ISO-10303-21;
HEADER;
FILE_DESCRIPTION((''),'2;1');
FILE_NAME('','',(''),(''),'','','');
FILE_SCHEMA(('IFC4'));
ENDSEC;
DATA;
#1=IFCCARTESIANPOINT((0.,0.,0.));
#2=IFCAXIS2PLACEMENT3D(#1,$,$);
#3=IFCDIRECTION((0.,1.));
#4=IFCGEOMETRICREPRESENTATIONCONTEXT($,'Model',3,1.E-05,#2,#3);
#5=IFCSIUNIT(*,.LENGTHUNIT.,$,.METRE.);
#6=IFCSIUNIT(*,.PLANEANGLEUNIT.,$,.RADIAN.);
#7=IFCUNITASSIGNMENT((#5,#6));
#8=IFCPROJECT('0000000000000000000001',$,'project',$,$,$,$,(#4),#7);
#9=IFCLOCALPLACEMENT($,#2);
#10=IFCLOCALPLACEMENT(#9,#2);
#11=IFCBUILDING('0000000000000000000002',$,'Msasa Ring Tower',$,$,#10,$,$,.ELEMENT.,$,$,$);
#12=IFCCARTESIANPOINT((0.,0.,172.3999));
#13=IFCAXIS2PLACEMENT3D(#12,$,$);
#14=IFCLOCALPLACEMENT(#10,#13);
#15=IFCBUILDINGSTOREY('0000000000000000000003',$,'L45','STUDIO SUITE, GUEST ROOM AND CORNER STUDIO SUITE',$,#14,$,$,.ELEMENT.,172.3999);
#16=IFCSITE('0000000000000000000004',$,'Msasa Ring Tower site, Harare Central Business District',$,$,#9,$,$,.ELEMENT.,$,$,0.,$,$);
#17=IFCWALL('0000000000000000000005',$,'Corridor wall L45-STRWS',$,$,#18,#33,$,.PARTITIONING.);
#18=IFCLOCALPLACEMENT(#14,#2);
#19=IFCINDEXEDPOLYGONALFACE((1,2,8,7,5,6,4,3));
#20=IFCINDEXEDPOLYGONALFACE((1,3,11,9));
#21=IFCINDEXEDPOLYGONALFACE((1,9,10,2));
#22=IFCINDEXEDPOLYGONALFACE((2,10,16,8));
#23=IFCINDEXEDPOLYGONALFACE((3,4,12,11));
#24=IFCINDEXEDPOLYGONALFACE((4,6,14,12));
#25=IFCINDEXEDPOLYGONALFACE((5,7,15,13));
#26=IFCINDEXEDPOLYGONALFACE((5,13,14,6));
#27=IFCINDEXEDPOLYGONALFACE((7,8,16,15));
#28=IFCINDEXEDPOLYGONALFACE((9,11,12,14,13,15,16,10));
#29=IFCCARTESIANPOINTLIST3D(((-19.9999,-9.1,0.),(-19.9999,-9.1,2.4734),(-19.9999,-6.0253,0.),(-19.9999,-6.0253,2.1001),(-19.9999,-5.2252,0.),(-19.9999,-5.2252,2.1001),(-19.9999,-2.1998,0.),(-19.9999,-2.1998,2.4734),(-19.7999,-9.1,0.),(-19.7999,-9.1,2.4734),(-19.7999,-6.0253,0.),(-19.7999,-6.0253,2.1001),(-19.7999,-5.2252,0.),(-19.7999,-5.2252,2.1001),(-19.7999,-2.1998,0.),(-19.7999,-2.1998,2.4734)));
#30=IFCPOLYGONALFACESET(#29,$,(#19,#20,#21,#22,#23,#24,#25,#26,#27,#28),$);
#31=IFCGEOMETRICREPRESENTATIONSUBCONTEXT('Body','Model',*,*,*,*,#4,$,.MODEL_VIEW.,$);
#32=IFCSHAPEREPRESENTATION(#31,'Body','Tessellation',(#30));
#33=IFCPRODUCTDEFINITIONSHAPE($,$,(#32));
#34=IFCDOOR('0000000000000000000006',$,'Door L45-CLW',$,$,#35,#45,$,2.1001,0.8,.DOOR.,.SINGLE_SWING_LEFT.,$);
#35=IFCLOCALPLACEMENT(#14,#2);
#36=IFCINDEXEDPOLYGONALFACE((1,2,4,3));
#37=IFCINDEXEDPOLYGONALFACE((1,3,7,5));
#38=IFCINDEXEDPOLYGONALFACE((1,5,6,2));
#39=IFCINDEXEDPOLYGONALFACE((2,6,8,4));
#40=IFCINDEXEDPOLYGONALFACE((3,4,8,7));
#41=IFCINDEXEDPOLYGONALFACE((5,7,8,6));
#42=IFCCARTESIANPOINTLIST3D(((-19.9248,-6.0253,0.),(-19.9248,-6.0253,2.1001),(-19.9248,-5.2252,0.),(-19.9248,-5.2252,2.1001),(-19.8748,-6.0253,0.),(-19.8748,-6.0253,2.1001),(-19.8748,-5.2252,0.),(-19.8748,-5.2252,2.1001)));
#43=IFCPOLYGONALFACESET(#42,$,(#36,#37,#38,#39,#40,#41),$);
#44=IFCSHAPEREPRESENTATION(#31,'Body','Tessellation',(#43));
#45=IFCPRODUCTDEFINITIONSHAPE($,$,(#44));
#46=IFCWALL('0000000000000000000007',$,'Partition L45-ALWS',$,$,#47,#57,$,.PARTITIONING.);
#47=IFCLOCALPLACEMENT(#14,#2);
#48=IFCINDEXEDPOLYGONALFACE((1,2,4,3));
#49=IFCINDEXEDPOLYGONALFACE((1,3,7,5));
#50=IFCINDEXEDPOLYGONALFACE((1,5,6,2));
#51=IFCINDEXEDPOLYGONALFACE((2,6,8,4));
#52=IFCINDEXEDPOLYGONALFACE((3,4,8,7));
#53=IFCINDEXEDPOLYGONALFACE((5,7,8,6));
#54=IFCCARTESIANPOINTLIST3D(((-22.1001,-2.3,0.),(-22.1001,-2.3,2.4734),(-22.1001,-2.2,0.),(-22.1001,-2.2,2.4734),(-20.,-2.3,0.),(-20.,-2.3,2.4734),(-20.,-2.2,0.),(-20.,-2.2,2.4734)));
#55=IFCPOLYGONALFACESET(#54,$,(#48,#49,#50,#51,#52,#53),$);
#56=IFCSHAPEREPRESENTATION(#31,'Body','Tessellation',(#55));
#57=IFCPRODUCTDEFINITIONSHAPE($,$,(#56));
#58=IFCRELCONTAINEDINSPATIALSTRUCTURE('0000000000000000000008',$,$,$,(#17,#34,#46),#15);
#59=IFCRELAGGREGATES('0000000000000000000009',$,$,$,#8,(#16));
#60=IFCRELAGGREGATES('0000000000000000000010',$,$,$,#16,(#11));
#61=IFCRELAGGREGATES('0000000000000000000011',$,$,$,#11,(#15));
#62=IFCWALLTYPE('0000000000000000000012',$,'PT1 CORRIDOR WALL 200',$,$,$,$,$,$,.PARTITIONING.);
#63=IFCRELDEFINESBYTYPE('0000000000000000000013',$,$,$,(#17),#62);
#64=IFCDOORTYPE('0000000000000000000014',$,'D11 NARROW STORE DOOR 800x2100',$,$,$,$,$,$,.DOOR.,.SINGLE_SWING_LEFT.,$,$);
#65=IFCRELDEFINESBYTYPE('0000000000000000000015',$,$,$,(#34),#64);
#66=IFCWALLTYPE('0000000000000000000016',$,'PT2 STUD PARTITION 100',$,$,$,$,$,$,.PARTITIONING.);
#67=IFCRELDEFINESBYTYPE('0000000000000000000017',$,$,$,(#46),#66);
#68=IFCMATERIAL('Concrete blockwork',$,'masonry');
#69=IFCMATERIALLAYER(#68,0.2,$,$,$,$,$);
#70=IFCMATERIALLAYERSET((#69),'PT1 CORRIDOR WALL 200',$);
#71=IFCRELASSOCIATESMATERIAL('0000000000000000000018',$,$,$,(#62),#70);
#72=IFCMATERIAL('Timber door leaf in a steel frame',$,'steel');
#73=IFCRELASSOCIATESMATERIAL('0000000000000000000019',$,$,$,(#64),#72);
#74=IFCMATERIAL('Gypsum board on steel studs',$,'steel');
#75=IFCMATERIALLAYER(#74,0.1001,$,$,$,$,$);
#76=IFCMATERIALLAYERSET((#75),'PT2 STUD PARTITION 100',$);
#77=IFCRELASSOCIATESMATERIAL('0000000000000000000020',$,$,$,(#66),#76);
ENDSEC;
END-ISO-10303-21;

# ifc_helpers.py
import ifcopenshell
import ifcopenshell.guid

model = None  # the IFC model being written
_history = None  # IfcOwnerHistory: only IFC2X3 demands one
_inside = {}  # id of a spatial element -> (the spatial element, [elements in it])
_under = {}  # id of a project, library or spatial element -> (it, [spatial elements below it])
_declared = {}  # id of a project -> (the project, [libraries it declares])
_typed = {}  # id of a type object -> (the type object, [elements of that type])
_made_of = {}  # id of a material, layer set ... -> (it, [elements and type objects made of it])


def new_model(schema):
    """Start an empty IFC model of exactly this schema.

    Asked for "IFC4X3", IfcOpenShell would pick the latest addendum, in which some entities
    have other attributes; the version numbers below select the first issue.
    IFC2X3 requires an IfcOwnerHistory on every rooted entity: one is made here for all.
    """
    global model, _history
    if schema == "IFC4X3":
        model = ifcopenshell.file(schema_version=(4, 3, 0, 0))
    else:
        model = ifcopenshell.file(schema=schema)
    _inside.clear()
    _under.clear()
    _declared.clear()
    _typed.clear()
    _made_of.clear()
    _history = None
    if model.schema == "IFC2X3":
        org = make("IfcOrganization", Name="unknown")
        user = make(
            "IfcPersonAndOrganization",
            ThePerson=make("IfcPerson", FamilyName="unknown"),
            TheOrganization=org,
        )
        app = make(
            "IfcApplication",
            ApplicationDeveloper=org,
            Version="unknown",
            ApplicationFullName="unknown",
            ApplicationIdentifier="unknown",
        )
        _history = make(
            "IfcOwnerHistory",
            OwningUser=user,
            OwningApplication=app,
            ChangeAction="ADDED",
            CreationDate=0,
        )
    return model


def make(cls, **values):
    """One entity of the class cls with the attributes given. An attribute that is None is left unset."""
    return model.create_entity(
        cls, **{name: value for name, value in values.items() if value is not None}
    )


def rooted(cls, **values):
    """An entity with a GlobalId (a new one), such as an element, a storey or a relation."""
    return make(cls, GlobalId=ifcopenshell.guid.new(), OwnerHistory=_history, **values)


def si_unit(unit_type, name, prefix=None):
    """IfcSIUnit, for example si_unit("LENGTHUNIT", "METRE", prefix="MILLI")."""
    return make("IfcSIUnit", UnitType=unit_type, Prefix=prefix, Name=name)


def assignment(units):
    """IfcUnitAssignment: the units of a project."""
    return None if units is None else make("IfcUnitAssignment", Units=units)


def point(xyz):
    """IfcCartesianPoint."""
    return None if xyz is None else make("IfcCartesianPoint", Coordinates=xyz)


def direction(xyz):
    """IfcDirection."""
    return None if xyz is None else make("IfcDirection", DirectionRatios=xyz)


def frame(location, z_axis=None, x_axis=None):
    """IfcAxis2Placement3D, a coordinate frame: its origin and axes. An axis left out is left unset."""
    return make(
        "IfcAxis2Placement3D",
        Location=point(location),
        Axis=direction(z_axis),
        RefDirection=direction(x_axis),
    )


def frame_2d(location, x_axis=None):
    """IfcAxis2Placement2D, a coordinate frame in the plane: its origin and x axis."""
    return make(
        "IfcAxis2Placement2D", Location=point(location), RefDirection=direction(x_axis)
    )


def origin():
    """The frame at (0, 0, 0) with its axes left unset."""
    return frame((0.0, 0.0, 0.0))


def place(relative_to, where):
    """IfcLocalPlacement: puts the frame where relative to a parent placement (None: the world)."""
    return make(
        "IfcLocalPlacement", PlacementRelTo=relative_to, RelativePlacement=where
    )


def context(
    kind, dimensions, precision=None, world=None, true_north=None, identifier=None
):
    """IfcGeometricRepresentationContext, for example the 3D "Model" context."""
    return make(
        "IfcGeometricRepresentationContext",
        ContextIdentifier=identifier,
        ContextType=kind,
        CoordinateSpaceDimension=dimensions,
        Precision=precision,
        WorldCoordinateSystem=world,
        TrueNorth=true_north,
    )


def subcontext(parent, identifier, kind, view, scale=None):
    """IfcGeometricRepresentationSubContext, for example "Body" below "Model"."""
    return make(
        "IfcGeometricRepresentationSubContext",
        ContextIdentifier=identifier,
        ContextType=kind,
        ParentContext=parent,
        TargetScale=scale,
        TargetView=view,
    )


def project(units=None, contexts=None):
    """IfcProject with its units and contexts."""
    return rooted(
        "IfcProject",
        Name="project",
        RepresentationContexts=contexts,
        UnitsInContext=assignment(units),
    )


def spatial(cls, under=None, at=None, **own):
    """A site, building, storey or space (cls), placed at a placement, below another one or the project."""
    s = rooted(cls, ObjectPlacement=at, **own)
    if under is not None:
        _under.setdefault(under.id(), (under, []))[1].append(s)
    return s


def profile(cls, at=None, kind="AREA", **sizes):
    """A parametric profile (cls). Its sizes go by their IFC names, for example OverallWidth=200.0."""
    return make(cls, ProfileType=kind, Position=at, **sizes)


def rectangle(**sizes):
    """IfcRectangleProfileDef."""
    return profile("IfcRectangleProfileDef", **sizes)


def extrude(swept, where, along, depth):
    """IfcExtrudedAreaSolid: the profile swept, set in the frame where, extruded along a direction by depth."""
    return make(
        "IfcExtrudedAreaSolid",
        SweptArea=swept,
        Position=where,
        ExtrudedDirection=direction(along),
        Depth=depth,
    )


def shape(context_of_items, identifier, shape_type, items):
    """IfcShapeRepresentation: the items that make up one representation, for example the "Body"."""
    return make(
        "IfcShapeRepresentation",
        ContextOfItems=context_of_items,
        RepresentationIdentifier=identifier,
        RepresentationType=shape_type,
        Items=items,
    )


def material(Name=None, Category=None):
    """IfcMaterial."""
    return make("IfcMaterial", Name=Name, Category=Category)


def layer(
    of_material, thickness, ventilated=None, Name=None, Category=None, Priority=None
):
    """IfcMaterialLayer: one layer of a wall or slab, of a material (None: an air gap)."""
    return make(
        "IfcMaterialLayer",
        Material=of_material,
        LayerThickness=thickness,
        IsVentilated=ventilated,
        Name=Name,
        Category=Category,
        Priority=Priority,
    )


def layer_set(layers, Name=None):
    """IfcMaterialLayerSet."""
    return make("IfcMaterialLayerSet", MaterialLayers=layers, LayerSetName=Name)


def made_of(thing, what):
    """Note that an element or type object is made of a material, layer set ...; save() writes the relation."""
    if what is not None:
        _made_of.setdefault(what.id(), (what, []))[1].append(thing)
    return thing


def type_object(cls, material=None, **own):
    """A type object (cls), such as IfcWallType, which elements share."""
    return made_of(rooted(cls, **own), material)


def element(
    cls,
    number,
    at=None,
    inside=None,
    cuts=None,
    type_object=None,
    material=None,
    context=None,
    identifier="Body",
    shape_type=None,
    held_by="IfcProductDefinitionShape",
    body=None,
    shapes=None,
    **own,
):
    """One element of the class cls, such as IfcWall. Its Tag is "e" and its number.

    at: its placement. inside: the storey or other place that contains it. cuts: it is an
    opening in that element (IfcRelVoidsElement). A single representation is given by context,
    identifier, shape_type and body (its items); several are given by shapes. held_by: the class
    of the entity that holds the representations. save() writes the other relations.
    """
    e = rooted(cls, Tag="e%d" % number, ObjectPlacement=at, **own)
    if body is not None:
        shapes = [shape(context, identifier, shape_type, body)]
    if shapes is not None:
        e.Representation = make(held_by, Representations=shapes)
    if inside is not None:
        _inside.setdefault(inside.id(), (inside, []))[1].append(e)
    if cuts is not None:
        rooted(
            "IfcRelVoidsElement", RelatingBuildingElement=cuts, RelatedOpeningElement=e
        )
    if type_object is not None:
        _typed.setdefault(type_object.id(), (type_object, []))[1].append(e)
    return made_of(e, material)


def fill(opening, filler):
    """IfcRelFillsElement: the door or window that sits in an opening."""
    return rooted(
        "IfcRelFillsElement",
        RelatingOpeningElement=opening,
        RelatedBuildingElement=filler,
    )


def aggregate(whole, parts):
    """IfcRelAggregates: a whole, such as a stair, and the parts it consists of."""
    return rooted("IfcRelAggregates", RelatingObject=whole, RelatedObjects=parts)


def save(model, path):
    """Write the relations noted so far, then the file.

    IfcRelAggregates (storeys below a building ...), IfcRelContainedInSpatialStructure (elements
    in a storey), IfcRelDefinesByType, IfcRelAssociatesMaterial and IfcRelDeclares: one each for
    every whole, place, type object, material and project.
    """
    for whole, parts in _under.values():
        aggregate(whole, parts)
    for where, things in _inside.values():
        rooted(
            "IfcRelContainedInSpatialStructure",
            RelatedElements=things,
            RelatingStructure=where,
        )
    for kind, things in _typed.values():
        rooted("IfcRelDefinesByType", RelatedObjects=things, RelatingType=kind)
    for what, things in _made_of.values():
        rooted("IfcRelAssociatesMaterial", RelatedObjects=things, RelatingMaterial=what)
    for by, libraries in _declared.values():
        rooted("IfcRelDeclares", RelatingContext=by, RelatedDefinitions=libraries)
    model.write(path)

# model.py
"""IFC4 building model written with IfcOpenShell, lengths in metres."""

from ifc_helpers import new_model, si_unit, direction, frame, frame_2d, origin, place, context, subcontext, project, spatial, rectangle, extrude, material, layer, layer_set, type_object, element, fill, save


model = new_model("IFC4")

# Units and contexts
model_context = context("Model", 3, precision=1e-05, world=origin(), true_north=direction((0.0, 1.0)))
body_context = subcontext(model_context, "Body", "Model", "MODEL_VIEW")
ifc_project = project(units=[si_unit("LENGTHUNIT", "METRE"), si_unit("PLANEANGLEUNIT", "RADIAN")], contexts=[model_context])

# Site, building, storey
site_placement = place(None, origin())
site = spatial("IfcSite", under=ifc_project, at=site_placement, Name="Msasa Ring Tower site, Harare Central Business District", CompositionType="ELEMENT", RefElevation=0.0)
building_placement = place(site_placement, origin())
building = spatial("IfcBuilding", under=site, at=building_placement, Name="Msasa Ring Tower", CompositionType="ELEMENT")
storey_placement = place(building_placement, frame((0.0, 0.0, 172.3999)))
storey = spatial("IfcBuildingStorey", under=building, at=storey_placement, Name="L45", Description="STUDIO SUITE, GUEST ROOM AND CORNER STUDIO SUITE", CompositionType="ELEMENT", Elevation=172.3999)

# Wall, opening, door
ifc_material_1 = material(Name="Concrete blockwork", Category="masonry")
ifc_layer_1 = layer(ifc_material_1, 0.2)
ifc_layer_set_1 = layer_set([ifc_layer_1], Name="PT1 CORRIDOR WALL 200")
wall_type_1 = type_object("IfcWallType", Name="PT1 CORRIDOR WALL 200", PredefinedType="PARTITIONING", material=ifc_layer_set_1)
wall_1_placement = place(storey_placement, frame((-19.8999, -9.1001, 0.0), z_axis=(0.0, 0.0, 1.0), x_axis=(0.0, 1.0, 0.0)))
wall_1 = element("IfcWall", 1, at=wall_1_placement, inside=storey, type_object=wall_type_1, Name="Corridor wall L45-STRWS", PredefinedType="PARTITIONING", context=body_context, shape_type="SweptSolid", body=[
    extrude(rectangle(XDim=6.9001, YDim=0.2, at=frame_2d((3.4502, 0.0))), origin(), (0.0, 0.0, 1.0), 2.4734),
])
opening_1_placement = place(wall_1_placement, frame((3.075, 0.0, 0.0)))
opening_1 = element("IfcOpeningElement", 2, at=opening_1_placement, cuts=wall_1, PredefinedType="OPENING", context=body_context, shape_type="SweptSolid", body=[
    extrude(rectangle(XDim=0.8, YDim=2.1001, at=frame_2d((0.3999, 1.05))), frame((0.0, 0.1099, 0.0), z_axis=(0.0, -1.0, 0.0), x_axis=(1.0, 0.0, 0.0)), (0.0, 0.0, 1.0), 0.22),
])
ifc_material_2 = material(Name="Timber door leaf in a steel frame", Category="steel")
door_type = type_object("IfcDoorType", Name="D11 NARROW STORE DOOR 800x2100", OperationType="SINGLE_SWING_LEFT", PredefinedType="DOOR", material=ifc_material_2)
door_placement = place(opening_1_placement, origin())
door = element("IfcDoor", 3, at=door_placement, inside=storey, type_object=door_type, Name="Door L45-CLW", OperationType="SINGLE_SWING_LEFT", OverallHeight=2.1001, OverallWidth=0.8, PredefinedType="DOOR", context=body_context, shape_type="SweptSolid", body=[
    extrude(rectangle(XDim=0.8, YDim=2.1001, at=frame_2d((0.3999, 1.05))), frame((0.0, 0.0249, 0.0), z_axis=(0.0, -1.0, 0.0), x_axis=(1.0, 0.0, 0.0)), (0.0, 0.0, 1.0), 0.05),
])
fill(opening_1, door)

# Wall
ifc_material_3 = material(Name="Gypsum board on steel studs", Category="steel")
ifc_layer_2 = layer(ifc_material_3, 0.1001)
ifc_layer_set_2 = layer_set([ifc_layer_2], Name="PT2 STUD PARTITION 100")
wall_type_2 = type_object("IfcWallType", Name="PT2 STUD PARTITION 100", PredefinedType="PARTITIONING", material=ifc_layer_set_2)
wall_2_placement = place(storey_placement, frame((-22.1001, -2.25, 0.0), z_axis=(0.0, 0.0, 1.0), x_axis=(1.0, 0.0, 0.0)))
element("IfcWall", 4, at=wall_2_placement, inside=storey, type_object=wall_type_2, Name="Partition L45-ALWS", PredefinedType="PARTITIONING", context=body_context, shape_type="SweptSolid", body=[
    extrude(rectangle(XDim=2.1001, YDim=0.1001, at=frame_2d((1.05, 0.0))), origin(), (0.0, 0.0, 1.0), 2.4734),
])

save(model, "model.ifc")
